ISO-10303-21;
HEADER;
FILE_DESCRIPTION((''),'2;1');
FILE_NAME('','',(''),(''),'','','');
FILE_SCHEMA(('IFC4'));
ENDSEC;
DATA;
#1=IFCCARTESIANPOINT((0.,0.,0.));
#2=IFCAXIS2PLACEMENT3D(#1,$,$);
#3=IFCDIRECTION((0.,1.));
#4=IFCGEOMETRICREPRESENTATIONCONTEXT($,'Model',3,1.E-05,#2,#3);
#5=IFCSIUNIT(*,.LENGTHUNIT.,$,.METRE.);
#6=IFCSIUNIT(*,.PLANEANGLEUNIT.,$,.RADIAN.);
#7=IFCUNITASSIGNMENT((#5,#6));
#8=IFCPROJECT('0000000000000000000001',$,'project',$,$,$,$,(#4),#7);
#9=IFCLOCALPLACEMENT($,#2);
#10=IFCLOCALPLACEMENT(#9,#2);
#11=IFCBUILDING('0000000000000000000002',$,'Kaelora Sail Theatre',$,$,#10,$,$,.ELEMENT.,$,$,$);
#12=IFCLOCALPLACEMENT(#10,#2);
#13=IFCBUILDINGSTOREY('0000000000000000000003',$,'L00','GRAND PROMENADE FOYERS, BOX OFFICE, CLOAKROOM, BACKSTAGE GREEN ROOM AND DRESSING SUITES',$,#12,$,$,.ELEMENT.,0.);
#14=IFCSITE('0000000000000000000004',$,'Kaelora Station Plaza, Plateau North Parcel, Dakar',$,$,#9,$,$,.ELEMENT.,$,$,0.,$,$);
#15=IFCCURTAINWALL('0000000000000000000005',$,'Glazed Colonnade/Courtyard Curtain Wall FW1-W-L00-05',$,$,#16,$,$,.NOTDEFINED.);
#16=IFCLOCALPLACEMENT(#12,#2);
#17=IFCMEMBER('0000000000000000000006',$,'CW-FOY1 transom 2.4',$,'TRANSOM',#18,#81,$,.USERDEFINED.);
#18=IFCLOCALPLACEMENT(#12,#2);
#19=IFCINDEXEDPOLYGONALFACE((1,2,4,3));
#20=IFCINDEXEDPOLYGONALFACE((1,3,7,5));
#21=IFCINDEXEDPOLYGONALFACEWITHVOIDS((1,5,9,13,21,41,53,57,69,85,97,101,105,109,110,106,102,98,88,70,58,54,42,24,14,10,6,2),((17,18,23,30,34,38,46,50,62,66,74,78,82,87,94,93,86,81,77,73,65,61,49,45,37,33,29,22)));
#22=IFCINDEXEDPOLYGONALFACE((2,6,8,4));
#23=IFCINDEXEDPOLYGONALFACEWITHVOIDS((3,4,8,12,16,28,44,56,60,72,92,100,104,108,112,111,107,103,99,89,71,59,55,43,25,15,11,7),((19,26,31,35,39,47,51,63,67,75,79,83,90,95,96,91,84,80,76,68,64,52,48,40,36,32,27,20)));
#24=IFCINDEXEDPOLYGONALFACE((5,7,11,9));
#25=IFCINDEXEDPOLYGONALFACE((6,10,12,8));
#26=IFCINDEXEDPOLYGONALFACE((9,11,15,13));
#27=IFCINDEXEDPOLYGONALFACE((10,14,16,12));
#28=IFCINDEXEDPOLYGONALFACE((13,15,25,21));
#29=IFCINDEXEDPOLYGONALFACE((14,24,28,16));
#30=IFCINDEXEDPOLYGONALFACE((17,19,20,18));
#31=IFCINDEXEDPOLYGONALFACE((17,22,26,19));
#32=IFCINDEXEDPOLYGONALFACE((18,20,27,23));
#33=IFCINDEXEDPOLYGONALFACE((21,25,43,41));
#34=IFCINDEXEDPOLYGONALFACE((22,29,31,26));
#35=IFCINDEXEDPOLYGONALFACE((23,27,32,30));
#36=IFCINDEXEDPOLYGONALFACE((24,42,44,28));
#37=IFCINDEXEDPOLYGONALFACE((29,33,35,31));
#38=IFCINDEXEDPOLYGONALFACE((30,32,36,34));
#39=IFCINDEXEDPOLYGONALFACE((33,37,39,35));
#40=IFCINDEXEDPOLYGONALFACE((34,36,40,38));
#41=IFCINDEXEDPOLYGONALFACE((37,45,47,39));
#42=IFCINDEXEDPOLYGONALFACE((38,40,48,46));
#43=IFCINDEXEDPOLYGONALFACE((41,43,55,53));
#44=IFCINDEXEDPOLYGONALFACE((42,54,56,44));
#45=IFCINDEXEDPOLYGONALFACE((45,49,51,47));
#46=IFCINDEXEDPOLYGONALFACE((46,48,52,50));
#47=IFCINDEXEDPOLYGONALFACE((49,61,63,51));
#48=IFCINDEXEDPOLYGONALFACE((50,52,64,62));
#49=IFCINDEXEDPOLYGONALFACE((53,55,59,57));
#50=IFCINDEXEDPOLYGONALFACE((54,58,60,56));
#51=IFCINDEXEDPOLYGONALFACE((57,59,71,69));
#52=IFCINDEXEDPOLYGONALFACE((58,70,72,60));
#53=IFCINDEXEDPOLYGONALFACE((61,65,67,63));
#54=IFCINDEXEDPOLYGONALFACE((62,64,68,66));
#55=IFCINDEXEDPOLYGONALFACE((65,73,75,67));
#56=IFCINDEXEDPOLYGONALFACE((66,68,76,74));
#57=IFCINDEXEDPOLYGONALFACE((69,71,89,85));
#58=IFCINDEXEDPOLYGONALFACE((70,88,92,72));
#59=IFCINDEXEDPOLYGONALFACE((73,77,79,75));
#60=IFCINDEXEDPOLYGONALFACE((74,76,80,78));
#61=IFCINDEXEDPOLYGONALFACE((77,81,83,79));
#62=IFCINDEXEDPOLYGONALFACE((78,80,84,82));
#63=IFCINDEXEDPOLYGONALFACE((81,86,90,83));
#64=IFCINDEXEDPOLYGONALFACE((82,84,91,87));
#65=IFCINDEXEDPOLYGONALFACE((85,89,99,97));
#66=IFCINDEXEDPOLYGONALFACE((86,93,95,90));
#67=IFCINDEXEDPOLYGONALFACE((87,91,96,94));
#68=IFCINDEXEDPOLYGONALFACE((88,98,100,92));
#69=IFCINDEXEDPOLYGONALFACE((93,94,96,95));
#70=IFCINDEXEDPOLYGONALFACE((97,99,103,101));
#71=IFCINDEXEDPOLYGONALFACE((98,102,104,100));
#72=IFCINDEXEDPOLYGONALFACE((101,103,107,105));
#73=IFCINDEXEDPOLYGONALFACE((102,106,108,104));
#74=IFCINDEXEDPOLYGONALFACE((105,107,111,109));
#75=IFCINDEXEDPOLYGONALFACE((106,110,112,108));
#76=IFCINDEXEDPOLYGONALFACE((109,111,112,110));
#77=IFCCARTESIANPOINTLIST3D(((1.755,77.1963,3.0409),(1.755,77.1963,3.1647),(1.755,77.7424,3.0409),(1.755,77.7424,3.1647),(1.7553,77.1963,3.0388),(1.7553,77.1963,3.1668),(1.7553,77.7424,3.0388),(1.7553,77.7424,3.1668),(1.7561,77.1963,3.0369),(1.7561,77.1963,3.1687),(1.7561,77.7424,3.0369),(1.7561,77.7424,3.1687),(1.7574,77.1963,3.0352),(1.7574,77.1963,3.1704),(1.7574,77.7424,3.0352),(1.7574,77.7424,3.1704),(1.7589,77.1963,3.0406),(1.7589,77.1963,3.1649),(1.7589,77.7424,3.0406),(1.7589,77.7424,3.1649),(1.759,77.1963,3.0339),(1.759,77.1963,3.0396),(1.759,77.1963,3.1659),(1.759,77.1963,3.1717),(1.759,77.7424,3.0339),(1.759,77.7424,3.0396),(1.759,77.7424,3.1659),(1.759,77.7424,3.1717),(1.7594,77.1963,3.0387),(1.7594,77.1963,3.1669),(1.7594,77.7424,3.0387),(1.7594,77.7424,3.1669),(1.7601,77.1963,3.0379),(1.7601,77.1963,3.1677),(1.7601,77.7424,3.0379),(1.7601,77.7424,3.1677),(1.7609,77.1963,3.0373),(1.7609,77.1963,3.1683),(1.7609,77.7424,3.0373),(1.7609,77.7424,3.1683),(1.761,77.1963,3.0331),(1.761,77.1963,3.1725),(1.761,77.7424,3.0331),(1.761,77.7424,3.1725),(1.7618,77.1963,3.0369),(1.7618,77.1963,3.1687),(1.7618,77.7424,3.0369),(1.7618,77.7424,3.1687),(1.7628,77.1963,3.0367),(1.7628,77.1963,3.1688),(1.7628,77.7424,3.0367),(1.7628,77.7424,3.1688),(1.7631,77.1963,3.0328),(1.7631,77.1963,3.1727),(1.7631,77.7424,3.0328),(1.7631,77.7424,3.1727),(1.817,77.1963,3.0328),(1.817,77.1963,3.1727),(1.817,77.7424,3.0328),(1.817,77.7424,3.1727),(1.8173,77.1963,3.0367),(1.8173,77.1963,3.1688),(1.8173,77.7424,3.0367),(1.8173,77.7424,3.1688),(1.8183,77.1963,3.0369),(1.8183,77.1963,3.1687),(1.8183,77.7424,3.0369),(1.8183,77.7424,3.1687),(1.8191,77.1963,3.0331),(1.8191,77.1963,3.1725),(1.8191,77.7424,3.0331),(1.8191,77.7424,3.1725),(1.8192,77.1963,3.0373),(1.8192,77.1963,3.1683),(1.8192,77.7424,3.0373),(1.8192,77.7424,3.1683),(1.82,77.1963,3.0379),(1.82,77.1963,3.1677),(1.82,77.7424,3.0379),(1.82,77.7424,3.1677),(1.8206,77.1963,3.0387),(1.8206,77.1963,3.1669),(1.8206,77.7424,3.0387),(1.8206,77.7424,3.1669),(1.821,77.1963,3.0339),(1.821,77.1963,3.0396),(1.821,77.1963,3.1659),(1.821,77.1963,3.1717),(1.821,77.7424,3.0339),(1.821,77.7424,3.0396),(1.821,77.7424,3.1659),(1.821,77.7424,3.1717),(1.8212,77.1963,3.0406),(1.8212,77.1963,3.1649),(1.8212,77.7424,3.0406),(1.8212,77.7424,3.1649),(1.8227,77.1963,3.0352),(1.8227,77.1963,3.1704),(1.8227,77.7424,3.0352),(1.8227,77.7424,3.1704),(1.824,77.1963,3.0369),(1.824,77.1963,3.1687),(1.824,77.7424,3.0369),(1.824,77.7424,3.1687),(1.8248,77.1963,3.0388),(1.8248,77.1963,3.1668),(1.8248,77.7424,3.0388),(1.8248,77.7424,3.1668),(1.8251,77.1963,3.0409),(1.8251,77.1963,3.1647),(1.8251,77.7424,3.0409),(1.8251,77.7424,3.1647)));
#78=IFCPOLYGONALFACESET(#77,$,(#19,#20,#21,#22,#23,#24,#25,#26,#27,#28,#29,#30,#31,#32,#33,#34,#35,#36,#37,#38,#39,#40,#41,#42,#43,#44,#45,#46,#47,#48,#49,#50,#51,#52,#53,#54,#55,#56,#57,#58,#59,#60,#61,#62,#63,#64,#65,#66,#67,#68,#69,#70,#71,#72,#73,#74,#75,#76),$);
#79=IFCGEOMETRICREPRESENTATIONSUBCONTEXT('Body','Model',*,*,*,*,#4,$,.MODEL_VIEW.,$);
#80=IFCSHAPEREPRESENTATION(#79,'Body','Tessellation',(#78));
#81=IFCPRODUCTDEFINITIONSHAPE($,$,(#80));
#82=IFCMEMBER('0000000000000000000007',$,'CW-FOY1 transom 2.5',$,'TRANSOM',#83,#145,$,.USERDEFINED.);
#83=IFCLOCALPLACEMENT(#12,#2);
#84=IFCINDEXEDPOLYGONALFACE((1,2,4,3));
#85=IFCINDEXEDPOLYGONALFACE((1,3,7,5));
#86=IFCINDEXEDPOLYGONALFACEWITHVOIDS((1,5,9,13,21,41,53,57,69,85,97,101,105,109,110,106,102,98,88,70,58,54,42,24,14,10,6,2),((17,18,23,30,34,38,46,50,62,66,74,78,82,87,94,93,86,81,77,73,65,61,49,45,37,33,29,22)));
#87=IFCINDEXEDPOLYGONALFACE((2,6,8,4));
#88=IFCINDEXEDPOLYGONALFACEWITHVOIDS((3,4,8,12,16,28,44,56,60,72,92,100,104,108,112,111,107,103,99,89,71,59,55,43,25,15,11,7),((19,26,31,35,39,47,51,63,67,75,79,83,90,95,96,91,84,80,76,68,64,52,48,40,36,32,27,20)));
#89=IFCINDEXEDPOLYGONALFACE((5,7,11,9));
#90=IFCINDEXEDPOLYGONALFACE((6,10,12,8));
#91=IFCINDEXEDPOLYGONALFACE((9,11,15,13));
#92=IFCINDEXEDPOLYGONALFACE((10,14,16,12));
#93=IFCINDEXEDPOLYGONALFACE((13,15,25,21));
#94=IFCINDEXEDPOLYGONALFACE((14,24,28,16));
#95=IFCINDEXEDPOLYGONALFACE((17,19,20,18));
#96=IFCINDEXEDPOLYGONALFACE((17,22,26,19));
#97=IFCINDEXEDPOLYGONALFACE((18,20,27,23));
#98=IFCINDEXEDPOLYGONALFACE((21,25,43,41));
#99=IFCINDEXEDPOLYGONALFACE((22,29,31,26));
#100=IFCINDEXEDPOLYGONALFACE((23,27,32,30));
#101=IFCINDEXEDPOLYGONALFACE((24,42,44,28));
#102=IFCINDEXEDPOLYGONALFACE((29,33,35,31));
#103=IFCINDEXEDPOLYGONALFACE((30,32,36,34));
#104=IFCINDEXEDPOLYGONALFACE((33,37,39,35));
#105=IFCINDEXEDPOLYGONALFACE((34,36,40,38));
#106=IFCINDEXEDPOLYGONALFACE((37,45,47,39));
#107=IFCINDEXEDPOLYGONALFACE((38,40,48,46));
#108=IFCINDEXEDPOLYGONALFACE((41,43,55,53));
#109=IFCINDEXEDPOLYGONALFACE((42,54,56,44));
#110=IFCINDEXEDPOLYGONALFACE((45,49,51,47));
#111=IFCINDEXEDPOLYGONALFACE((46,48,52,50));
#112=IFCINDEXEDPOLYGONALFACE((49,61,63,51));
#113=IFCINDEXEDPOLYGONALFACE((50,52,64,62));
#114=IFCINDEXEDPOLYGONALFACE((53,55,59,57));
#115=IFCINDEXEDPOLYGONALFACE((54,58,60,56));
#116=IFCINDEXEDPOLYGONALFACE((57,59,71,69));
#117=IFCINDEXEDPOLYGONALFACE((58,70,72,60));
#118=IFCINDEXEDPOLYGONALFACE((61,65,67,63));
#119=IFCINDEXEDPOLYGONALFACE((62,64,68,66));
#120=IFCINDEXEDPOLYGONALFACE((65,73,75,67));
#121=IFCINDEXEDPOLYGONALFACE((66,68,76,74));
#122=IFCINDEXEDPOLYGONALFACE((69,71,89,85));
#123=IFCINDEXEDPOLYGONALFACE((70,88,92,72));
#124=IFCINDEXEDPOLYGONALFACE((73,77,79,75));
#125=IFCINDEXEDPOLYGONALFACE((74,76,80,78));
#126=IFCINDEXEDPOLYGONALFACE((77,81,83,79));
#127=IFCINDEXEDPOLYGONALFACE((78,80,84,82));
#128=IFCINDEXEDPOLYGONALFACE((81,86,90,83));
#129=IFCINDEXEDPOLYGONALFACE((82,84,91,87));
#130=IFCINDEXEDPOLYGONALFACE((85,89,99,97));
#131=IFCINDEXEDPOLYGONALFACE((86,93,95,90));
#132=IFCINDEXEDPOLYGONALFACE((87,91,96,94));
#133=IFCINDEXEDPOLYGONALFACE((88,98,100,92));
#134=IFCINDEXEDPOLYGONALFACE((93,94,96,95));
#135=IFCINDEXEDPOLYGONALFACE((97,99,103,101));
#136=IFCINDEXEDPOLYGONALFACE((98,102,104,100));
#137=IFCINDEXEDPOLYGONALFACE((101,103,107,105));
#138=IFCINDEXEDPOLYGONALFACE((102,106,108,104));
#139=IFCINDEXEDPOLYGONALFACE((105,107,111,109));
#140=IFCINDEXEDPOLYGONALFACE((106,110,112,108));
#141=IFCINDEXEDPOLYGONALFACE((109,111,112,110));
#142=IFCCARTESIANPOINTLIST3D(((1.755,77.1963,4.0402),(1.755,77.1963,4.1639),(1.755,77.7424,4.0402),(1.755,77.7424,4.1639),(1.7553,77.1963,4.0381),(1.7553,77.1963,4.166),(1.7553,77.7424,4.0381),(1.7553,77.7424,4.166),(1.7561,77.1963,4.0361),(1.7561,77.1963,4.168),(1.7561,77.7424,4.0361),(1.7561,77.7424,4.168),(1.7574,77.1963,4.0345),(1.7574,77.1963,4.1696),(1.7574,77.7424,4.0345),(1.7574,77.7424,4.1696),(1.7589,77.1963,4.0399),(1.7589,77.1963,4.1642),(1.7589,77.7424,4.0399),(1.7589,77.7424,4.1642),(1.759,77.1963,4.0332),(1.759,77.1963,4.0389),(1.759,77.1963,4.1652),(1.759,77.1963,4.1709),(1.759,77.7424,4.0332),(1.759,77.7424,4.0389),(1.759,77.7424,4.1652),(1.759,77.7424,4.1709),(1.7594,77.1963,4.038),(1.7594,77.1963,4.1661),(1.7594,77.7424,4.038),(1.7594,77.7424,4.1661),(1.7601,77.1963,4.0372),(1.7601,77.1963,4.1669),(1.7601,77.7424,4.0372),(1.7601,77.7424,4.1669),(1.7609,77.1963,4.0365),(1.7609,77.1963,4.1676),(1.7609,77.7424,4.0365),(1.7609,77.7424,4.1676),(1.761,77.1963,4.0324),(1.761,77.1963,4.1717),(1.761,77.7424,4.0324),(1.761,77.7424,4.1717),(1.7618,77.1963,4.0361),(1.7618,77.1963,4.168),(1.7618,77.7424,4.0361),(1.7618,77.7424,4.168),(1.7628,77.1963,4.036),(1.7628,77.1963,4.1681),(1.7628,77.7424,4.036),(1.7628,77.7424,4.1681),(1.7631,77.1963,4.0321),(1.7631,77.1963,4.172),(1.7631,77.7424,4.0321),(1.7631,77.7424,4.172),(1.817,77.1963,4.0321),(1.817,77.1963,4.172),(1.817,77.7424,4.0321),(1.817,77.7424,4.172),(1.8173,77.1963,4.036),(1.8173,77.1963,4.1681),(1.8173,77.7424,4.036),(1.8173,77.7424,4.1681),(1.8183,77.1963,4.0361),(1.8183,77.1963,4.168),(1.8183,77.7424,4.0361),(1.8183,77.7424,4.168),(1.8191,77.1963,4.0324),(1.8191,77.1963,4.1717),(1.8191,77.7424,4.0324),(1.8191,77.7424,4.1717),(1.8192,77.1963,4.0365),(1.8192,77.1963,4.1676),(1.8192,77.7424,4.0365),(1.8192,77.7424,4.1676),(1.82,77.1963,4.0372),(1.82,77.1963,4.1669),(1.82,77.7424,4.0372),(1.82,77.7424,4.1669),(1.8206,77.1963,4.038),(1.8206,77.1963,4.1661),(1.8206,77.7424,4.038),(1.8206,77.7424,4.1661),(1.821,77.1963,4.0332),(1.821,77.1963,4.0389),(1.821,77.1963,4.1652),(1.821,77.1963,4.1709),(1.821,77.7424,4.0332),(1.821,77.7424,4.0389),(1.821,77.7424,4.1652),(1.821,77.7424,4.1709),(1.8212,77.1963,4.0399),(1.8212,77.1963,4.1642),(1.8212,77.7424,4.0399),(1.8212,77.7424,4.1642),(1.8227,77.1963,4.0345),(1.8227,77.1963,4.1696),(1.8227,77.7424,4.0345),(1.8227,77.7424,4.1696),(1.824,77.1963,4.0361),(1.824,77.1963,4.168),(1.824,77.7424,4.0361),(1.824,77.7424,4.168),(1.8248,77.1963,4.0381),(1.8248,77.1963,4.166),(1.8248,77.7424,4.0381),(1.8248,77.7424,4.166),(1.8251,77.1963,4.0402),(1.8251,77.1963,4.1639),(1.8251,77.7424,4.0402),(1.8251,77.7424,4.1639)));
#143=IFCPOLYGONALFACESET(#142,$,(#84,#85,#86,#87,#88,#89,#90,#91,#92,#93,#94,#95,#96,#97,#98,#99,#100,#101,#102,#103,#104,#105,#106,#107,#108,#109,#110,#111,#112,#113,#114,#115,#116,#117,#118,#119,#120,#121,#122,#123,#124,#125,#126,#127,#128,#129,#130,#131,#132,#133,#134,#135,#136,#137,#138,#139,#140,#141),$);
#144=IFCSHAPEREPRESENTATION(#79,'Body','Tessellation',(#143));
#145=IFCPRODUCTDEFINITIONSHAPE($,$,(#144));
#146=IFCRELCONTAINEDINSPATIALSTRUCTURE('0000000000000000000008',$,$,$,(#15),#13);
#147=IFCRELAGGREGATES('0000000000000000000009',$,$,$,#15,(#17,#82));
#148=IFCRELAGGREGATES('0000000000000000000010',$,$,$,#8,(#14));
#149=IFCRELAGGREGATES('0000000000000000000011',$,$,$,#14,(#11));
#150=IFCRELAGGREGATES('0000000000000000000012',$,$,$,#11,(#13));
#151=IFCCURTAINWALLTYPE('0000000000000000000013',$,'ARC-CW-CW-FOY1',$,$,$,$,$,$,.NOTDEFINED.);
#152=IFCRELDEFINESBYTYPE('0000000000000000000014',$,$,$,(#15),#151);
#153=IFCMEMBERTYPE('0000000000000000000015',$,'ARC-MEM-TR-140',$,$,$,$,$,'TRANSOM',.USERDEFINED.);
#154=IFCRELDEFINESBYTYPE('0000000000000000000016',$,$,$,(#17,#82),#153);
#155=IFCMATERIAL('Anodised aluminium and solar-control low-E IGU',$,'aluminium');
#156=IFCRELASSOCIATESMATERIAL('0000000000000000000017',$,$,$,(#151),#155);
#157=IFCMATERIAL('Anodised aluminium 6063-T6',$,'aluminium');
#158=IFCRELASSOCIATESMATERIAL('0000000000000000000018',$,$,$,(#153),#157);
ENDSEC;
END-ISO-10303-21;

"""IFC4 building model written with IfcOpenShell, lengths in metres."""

from ifc_helpers import new_model, si_unit, direction, frame, origin, origin_2d, place, context, subcontext, project, spatial, hollow_rectangle, extrude, material, material_profile, profile_set, type_object, element, aggregate, save


model = new_model("IFC4")

# Units and contexts
model_context = context("Model", 3, precision=1e-05, world=origin(), true_north=direction((0.0, 1.0)))
body_context = subcontext(model_context, "Body", "Model", "MODEL_VIEW")
ifc_project = project(units=[si_unit("LENGTHUNIT", "METRE"), si_unit("PLANEANGLEUNIT", "RADIAN")], contexts=[model_context])

# Site, building, storey
site_placement = place(None, origin())
site = spatial("IfcSite", under=ifc_project, at=site_placement, Name="Kaelora Station Plaza, Plateau North Parcel, Dakar", CompositionType="ELEMENT", RefElevation=0.0)
building_placement = place(site_placement, origin())
building = spatial("IfcBuilding", under=site, at=building_placement, Name="Kaelora Sail Theatre", CompositionType="ELEMENT")
storey_placement = place(building_placement, origin())
storey = spatial("IfcBuildingStorey", under=building, at=storey_placement, Name="L00", Description="GRAND PROMENADE FOYERS, BOX OFFICE, CLOAKROOM, BACKSTAGE GREEN ROOM AND DRESSING SUITES", CompositionType="ELEMENT", Elevation=0.0)

# Curtain wall, members
ifc_material_1 = material(Name="Anodised aluminium and solar-control low-E IGU", Category="aluminium")
curtain_wall_type = type_object("IfcCurtainWallType", Name="ARC-CW-CW-FOY1", PredefinedType="NOTDEFINED", material=ifc_material_1)
curtain_wall_placement = place(storey_placement, origin())
curtain_wall = element("IfcCurtainWall", 1, at=curtain_wall_placement, inside=storey, type_object=curtain_wall_type, Name="Glazed Colonnade/Courtyard Curtain Wall FW1-W-L00-05", PredefinedType="NOTDEFINED")
ifc_material_2 = material(Name="Anodised aluminium 6063-T6", Category="aluminium")
ifc_material_profile_1 = material_profile(ifc_material_2, hollow_rectangle(XDim=0.0701, YDim=0.1399, WallThickness=0.0039, InnerFilletRadius=0.0039, OuterFilletRadius=0.0081, at=origin_2d()), Name="ALU-TRAN 70x140x4")
ifc_profile_set_1 = profile_set([ifc_material_profile_1], Name="Anodised aluminium 6063-T6")
member_type_1 = type_object("IfcMemberType", Name="ARC-MEM-TR-140", ElementType="TRANSOM", PredefinedType="USERDEFINED", material=ifc_profile_set_1)
member_1_placement = place(storey_placement, frame((1.79, 77.1963, 3.1028), z_axis=(0.0, 1.0, 0.0), x_axis=(-1.0, 0.0, 0.0)))
member_1 = element("IfcMember", 2, at=member_1_placement, type_object=member_type_1, Name="CW-FOY1 transom 2.4", ObjectType="TRANSOM", PredefinedType="USERDEFINED", context=body_context, shape_type="SweptSolid", body=[
    extrude(hollow_rectangle(XDim=0.0701, YDim=0.1399, WallThickness=0.0039, InnerFilletRadius=0.0039, OuterFilletRadius=0.0081, at=origin_2d()), origin(), (0.0, 0.0, 1.0), 0.5461),
])
member_2_placement = place(storey_placement, frame((1.79, 77.1963, 4.1021), z_axis=(0.0, 1.0, 0.0), x_axis=(-1.0, 0.0, 0.0)))
member_2 = element("IfcMember", 3, at=member_2_placement, type_object=member_type_1, Name="CW-FOY1 transom 2.5", ObjectType="TRANSOM", PredefinedType="USERDEFINED", context=body_context, shape_type="SweptSolid", body=[
    extrude(hollow_rectangle(XDim=0.0701, YDim=0.1399, WallThickness=0.0039, InnerFilletRadius=0.0039, OuterFilletRadius=0.0081, at=origin_2d()), origin(), (0.0, 0.0, 1.0), 0.5461),
])
aggregate(curtain_wall, [member_1, member_2])

save(model, "model.ifc")
